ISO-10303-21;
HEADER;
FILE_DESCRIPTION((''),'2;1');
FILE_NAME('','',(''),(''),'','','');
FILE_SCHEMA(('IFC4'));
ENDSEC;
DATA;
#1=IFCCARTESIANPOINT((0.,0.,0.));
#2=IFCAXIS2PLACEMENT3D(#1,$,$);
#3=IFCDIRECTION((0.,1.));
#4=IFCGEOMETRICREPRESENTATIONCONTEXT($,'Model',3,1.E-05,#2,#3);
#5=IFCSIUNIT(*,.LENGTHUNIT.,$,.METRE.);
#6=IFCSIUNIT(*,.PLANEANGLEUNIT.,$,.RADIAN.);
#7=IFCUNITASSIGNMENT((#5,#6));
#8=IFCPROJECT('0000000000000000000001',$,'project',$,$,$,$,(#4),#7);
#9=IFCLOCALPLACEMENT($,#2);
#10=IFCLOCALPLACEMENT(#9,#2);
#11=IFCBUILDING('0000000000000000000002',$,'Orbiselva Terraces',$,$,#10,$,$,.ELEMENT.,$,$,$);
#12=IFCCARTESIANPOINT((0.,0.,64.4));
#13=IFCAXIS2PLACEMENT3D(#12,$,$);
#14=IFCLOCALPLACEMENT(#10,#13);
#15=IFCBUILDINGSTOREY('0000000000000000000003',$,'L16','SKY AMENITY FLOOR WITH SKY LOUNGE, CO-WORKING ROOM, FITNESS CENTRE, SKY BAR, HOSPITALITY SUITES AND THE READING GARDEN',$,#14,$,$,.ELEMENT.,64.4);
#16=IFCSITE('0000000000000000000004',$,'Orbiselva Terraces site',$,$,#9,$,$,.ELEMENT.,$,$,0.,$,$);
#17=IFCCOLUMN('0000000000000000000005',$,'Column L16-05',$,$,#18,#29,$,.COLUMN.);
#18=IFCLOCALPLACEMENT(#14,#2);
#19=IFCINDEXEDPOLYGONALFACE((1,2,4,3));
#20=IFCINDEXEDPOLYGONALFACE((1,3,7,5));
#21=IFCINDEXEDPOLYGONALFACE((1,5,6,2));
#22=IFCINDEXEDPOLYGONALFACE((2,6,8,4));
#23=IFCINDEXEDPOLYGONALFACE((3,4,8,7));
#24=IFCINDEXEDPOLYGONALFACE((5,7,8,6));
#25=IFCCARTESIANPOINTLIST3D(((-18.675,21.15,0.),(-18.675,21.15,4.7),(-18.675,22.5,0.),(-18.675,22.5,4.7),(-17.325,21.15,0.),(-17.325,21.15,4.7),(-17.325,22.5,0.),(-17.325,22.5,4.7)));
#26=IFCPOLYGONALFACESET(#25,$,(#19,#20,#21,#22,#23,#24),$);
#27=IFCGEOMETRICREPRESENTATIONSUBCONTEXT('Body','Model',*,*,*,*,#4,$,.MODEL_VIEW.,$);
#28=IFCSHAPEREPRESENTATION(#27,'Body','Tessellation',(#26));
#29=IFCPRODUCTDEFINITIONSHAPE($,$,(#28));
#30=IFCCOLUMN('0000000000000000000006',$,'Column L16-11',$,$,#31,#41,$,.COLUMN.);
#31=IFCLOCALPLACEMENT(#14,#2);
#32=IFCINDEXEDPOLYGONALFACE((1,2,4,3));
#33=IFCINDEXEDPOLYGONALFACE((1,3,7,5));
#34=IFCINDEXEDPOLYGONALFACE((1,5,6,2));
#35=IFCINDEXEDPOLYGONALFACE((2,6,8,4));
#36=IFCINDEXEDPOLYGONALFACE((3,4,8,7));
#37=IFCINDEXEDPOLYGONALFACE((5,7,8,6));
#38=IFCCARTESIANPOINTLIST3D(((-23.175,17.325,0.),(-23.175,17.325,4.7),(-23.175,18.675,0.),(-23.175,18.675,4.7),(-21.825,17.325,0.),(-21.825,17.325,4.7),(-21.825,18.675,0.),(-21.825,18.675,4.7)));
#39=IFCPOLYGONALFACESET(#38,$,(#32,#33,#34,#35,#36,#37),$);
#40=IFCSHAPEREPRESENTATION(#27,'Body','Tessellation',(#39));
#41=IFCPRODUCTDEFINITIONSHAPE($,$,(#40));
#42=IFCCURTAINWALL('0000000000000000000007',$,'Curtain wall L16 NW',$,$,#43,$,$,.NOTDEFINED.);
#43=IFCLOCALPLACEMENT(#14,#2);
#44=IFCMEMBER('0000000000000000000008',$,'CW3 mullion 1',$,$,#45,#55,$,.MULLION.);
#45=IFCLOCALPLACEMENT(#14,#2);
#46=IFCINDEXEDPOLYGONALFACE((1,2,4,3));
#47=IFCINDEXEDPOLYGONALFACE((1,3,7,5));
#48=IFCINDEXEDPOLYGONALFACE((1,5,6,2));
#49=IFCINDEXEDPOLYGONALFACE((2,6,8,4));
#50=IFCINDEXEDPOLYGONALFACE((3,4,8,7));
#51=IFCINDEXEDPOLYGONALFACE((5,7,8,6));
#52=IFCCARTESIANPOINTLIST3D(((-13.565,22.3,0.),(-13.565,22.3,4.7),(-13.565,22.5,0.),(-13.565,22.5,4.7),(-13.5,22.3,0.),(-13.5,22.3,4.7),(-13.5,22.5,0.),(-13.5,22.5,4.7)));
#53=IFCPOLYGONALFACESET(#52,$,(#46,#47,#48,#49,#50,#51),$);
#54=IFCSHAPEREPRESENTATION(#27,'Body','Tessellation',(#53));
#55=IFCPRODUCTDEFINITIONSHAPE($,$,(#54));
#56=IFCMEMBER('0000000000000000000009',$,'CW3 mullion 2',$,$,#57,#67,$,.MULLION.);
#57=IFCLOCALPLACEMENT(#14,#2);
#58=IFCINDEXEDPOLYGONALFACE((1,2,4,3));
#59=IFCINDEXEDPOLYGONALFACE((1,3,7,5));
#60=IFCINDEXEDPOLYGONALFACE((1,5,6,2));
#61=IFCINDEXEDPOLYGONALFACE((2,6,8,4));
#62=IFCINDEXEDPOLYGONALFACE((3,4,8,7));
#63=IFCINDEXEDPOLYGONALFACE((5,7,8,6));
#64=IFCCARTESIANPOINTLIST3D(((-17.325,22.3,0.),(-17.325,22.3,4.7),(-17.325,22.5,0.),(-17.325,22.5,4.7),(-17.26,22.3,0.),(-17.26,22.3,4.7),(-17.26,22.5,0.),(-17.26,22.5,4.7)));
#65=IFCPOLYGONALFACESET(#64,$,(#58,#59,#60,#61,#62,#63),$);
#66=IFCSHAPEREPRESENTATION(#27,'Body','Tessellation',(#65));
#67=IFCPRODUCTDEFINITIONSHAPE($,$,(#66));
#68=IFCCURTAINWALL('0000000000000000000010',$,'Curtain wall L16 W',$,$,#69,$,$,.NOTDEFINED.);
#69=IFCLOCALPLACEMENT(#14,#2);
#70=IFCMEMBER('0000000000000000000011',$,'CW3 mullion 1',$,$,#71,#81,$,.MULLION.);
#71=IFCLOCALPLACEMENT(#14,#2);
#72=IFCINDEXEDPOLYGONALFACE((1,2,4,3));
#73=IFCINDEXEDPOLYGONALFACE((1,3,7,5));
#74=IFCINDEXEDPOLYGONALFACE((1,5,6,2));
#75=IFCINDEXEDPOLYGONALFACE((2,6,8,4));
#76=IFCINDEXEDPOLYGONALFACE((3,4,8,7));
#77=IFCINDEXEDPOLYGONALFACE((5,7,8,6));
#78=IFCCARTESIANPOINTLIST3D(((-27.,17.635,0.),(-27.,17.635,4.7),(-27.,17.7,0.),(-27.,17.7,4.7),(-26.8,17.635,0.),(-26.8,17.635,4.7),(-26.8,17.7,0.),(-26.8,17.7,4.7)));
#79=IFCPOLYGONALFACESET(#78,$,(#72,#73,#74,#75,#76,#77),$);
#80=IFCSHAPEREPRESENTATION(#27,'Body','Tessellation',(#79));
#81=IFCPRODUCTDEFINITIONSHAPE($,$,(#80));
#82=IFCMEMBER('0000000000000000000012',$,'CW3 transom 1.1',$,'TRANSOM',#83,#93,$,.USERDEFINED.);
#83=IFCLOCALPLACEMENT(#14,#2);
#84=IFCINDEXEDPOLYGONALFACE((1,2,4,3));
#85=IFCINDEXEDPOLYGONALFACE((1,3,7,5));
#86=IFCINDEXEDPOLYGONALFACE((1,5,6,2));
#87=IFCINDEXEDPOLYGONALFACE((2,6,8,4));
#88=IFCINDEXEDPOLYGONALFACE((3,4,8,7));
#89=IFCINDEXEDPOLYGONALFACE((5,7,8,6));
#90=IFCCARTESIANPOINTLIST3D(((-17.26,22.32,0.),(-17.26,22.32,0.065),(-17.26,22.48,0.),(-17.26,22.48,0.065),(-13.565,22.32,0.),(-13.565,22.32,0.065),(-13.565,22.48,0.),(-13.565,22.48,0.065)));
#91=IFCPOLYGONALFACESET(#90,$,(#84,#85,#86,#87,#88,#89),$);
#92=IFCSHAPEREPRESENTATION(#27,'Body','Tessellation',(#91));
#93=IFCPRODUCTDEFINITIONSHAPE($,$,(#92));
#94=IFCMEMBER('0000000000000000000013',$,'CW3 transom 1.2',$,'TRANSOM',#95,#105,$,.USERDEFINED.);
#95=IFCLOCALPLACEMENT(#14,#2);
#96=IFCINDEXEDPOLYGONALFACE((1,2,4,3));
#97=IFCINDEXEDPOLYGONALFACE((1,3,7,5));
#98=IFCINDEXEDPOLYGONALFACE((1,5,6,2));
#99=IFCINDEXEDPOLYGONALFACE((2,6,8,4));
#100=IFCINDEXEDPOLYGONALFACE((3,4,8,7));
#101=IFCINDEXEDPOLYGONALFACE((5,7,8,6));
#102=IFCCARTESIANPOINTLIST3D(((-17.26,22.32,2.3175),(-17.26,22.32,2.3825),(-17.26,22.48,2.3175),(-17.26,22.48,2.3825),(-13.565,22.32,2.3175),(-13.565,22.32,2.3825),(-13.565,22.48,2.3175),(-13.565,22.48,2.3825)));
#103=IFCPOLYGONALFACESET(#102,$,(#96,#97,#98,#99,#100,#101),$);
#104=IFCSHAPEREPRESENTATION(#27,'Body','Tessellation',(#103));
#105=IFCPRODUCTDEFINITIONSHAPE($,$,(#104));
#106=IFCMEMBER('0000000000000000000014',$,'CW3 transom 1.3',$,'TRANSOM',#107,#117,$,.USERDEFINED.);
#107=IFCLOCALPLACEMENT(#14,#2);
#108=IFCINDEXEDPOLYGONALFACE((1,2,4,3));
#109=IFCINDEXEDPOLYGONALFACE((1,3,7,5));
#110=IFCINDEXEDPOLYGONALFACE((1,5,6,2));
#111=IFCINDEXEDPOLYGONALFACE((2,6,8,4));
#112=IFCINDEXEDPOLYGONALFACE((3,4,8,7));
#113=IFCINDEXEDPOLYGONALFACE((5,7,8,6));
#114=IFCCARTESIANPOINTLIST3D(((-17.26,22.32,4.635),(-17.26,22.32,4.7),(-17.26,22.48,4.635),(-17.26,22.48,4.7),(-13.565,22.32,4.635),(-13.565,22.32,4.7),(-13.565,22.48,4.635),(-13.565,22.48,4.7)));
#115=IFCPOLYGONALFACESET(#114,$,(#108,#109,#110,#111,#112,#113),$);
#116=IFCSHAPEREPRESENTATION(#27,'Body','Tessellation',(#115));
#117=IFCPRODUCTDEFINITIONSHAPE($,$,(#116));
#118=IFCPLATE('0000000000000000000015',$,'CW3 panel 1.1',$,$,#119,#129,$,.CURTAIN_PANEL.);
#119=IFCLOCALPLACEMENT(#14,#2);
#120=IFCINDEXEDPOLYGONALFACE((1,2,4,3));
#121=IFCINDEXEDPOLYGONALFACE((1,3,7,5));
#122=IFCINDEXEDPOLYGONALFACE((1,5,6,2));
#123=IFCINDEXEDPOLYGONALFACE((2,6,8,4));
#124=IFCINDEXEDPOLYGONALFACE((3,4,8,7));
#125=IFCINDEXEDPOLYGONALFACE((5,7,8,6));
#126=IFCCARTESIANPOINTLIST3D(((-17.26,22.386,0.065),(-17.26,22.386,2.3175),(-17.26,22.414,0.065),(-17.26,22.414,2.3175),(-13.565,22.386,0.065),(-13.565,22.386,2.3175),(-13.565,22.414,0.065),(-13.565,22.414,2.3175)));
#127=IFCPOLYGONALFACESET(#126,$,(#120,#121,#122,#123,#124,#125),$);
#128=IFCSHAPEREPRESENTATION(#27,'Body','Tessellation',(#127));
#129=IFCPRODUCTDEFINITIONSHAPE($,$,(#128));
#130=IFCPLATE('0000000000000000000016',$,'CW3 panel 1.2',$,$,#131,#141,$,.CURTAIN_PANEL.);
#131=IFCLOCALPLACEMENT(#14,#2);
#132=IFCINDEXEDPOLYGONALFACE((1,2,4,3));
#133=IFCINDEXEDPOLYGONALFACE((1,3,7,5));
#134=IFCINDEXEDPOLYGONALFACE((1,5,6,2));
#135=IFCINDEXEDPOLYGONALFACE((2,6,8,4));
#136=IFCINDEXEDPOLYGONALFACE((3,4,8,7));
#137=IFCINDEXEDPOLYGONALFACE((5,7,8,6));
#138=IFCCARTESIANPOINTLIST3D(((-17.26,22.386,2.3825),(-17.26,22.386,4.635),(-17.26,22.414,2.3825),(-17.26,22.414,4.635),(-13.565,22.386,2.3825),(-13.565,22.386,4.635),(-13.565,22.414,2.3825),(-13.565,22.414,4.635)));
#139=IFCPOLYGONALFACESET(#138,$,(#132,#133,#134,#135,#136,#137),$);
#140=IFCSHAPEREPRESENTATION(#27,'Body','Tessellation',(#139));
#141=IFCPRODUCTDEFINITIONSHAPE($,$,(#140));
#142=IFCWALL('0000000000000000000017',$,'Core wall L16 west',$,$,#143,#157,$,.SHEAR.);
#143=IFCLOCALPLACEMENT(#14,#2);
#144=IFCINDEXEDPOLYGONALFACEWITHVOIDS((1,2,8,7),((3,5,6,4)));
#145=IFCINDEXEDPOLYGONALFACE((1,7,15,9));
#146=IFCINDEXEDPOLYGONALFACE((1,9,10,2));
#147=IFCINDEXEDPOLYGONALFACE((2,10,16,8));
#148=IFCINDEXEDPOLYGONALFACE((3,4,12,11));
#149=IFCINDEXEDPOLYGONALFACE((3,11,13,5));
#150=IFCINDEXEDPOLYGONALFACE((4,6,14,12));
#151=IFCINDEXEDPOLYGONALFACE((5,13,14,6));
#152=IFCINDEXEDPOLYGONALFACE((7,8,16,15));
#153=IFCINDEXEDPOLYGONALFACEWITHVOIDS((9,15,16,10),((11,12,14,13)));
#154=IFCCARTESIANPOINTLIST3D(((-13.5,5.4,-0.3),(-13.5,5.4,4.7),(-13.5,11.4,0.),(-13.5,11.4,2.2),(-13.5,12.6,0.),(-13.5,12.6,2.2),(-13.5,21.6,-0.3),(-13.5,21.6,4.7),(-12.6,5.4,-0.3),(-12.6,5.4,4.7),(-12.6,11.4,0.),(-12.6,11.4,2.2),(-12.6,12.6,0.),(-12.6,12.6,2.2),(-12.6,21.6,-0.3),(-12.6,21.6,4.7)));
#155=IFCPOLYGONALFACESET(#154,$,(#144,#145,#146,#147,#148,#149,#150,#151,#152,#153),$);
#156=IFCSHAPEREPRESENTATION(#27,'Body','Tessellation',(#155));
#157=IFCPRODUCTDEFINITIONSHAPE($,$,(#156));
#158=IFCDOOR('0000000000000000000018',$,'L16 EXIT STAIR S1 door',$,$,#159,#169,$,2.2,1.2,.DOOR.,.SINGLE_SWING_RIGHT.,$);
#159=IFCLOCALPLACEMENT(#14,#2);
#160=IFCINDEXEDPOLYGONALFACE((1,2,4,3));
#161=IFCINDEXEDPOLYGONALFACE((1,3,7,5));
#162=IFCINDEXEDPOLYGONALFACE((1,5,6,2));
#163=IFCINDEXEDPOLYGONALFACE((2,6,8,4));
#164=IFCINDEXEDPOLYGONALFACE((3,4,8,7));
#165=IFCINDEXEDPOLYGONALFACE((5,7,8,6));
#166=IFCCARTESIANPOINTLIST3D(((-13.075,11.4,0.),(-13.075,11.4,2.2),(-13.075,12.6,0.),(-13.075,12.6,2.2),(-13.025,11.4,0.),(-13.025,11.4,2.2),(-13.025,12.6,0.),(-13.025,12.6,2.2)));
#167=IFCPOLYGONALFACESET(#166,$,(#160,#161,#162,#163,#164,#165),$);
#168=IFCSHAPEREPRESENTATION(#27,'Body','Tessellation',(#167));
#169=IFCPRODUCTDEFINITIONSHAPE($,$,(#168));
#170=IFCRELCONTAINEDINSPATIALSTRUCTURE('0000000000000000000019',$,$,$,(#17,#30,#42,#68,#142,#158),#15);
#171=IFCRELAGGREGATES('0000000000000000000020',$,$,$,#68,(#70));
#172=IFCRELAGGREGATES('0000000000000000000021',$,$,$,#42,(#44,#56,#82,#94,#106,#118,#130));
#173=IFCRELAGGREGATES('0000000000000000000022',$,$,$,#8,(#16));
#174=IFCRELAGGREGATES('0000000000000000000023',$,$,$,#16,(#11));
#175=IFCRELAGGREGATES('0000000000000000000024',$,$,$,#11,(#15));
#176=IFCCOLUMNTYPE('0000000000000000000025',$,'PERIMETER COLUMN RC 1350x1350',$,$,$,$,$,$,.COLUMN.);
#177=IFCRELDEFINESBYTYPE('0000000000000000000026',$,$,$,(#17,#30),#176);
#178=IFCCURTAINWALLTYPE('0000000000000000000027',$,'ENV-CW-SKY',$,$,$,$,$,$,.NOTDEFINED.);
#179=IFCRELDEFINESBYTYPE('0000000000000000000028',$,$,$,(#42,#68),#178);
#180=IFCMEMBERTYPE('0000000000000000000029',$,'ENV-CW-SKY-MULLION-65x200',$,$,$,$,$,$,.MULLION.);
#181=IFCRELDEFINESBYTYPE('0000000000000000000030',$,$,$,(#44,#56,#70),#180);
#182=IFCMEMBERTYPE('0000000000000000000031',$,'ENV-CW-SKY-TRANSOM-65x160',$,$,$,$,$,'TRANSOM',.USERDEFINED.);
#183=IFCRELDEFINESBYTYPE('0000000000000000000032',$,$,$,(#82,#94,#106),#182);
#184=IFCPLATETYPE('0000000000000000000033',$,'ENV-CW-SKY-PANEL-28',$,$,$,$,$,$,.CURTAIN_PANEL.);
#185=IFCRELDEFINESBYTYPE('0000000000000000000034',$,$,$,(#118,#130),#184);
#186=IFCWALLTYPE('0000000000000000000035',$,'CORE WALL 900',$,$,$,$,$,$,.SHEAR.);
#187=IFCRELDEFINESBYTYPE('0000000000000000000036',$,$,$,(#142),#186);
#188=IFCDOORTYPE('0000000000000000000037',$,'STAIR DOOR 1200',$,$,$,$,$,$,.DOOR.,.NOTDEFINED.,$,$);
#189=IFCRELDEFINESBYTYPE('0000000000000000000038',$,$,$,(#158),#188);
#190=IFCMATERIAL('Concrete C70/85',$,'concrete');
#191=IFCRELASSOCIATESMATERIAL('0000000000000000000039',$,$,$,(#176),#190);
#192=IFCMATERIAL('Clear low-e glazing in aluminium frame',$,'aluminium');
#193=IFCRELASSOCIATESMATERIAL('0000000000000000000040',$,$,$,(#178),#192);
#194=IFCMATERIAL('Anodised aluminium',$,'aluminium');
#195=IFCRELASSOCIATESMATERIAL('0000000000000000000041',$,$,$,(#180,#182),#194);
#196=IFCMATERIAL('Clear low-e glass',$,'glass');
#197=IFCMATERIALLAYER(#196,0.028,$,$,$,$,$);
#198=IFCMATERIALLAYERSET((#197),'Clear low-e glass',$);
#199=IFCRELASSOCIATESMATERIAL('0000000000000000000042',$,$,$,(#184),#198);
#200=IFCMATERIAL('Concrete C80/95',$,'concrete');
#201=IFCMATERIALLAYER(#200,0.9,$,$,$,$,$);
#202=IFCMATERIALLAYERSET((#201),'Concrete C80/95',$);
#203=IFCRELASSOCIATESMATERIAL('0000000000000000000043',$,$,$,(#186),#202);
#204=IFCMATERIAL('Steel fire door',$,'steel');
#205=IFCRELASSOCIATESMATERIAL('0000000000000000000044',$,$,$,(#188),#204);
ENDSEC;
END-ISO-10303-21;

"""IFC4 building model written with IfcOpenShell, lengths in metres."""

from ifc_helpers import new_model, si_unit, direction, frame, frame_2d, origin, origin_2d, place, context, subcontext, project, spatial, rectangle, extrude, material, layer, layer_set, material_profile, profile_set, type_object, element, fill, aggregate, save


model = new_model("IFC4")

# Units and contexts
model_context = context("Model", 3, precision=1e-05, world=origin(), true_north=direction((0.0, 1.0)))
body_context = subcontext(model_context, "Body", "Model", "MODEL_VIEW")
ifc_project = project(units=[si_unit("LENGTHUNIT", "METRE"), si_unit("PLANEANGLEUNIT", "RADIAN")], contexts=[model_context])

# Site, building, storey
site_placement = place(None, origin())
site = spatial("IfcSite", under=ifc_project, at=site_placement, Name="Orbiselva Terraces site", CompositionType="ELEMENT", RefElevation=0.0)
building_placement = place(site_placement, origin())
building = spatial("IfcBuilding", under=site, at=building_placement, Name="Orbiselva Terraces", CompositionType="ELEMENT")
storey_placement = place(building_placement, frame((0.0, 0.0, 64.4)))
storey = spatial("IfcBuildingStorey", under=building, at=storey_placement, Name="L16", Description="SKY AMENITY FLOOR WITH SKY LOUNGE, CO-WORKING ROOM, FITNESS CENTRE, SKY BAR, HOSPITALITY SUITES AND THE READING GARDEN", CompositionType="ELEMENT", Elevation=64.4)

# Columns
ifc_material_1 = material(Name="Concrete C70/85", Category="concrete")
ifc_material_profile_1 = material_profile(ifc_material_1, rectangle(XDim=1.35, YDim=1.35, at=origin_2d()), Name="RC 1350x1350")
ifc_profile_set_1 = profile_set([ifc_material_profile_1], Name="Concrete C70/85")
column_type = type_object("IfcColumnType", Name="PERIMETER COLUMN RC 1350x1350", PredefinedType="COLUMN", material=ifc_profile_set_1)
for number, where, z_axis, x_axis, name in (
    (1, (-18.0, 21.825, 0.0), (0.0, 0.0, 1.0), (1.0, 0.0, 0.0), "Column L16-05"),
    (2, (-22.5, 18.0, 0.0), (0.0, 0.0, 1.0), (1.0, 0.0, 0.0), "Column L16-11"),
):
    element("IfcColumn", number, at=place(storey_placement, frame(where, z_axis=z_axis, x_axis=x_axis)), inside=storey, type_object=column_type, Name=name, PredefinedType="COLUMN", context=body_context, shape_type="SweptSolid", body=[
        extrude(rectangle(XDim=1.35, YDim=1.35, at=origin_2d()), origin(), (0.0, 0.0, 1.0), 4.7),
    ])

# Curtain wall, members
ifc_material_2 = material(Name="Clear low-e glazing in aluminium frame", Category="aluminium")
curtain_wall_type = type_object("IfcCurtainWallType", Name="ENV-CW-SKY", PredefinedType="NOTDEFINED", material=ifc_material_2)
curtain_wall_1_placement = place(storey_placement, origin())
curtain_wall_1 = element("IfcCurtainWall", 3, at=curtain_wall_1_placement, inside=storey, type_object=curtain_wall_type, Name="Curtain wall L16 NW", PredefinedType="NOTDEFINED")
ifc_material_3 = material(Name="Anodised aluminium", Category="aluminium")
ifc_material_profile_2 = material_profile(ifc_material_3, rectangle(XDim=0.2, YDim=0.065, at=origin_2d()), Name="AL 65x200")
ifc_profile_set_2 = profile_set([ifc_material_profile_2], Name="Anodised aluminium")
member_type_1 = type_object("IfcMemberType", Name="ENV-CW-SKY-MULLION-65x200", PredefinedType="MULLION", material=ifc_profile_set_2)
member_1_placement = place(storey_placement, frame((-13.5325, 22.4, 0.0), z_axis=(0.0, 0.0, 1.0), x_axis=(0.0, -1.0, 0.0)))
member_1 = element("IfcMember", 4, at=member_1_placement, type_object=member_type_1, Name="CW3 mullion 1", PredefinedType="MULLION", context=body_context, shape_type="SweptSolid", body=[
    extrude(rectangle(XDim=0.2, YDim=0.065, at=origin_2d()), origin(), (0.0, 0.0, 1.0), 4.7),
])
member_2_placement = place(storey_placement, frame((-17.2925, 22.4, 0.0), z_axis=(0.0, 0.0, 1.0), x_axis=(0.0, -1.0, 0.0)))
member_2 = element("IfcMember", 5, at=member_2_placement, type_object=member_type_1, Name="CW3 mullion 2", PredefinedType="MULLION", context=body_context, shape_type="SweptSolid", body=[
    extrude(rectangle(XDim=0.2, YDim=0.065, at=origin_2d()), origin(), (0.0, 0.0, 1.0), 4.7),
])

# Curtain wall, member
curtain_wall_2_placement = place(storey_placement, origin())
curtain_wall_2 = element("IfcCurtainWall", 6, at=curtain_wall_2_placement, inside=storey, type_object=curtain_wall_type, Name="Curtain wall L16 W", PredefinedType="NOTDEFINED")
member_3_placement = place(storey_placement, frame((-26.9, 17.6675, 0.0), z_axis=(0.0, 0.0, 1.0), x_axis=(1.0, 0.0, 0.0)))
member_3 = element("IfcMember", 7, at=member_3_placement, type_object=member_type_1, Name="CW3 mullion 1", PredefinedType="MULLION", context=body_context, shape_type="SweptSolid", body=[
    extrude(rectangle(XDim=0.2, YDim=0.065, at=origin_2d()), origin(), (0.0, 0.0, 1.0), 4.7),
])
aggregate(curtain_wall_2, [member_3])

# Members
ifc_material_profile_3 = material_profile(ifc_material_3, rectangle(XDim=0.16, YDim=0.065, at=origin_2d()), Name="AL 65x160")
ifc_profile_set_3 = profile_set([ifc_material_profile_3], Name="Anodised aluminium")
member_type_2 = type_object("IfcMemberType", Name="ENV-CW-SKY-TRANSOM-65x160", ElementType="TRANSOM", PredefinedType="USERDEFINED", material=ifc_profile_set_3)
member_4_placement = place(storey_placement, frame((-13.565, 22.4, 0.0325), z_axis=(-1.0, 0.0, 0.0), x_axis=(0.0, -1.0, 0.0)))
member_4 = element("IfcMember", 8, at=member_4_placement, type_object=member_type_2, Name="CW3 transom 1.1", ObjectType="TRANSOM", PredefinedType="USERDEFINED", context=body_context, shape_type="SweptSolid", body=[
    extrude(rectangle(XDim=0.16, YDim=0.065, at=origin_2d()), origin(), (0.0, 0.0, 1.0), 3.695),
])
member_5_placement = place(storey_placement, frame((-13.565, 22.4, 2.35), z_axis=(-1.0, 0.0, 0.0), x_axis=(0.0, -1.0, 0.0)))
member_5 = element("IfcMember", 9, at=member_5_placement, type_object=member_type_2, Name="CW3 transom 1.2", ObjectType="TRANSOM", PredefinedType="USERDEFINED", context=body_context, shape_type="SweptSolid", body=[
    extrude(rectangle(XDim=0.16, YDim=0.065, at=origin_2d()), origin(), (0.0, 0.0, 1.0), 3.695),
])
member_6_placement = place(storey_placement, frame((-13.565, 22.4, 4.6675), z_axis=(-1.0, 0.0, 0.0), x_axis=(0.0, -1.0, 0.0)))
member_6 = element("IfcMember", 10, at=member_6_placement, type_object=member_type_2, Name="CW3 transom 1.3", ObjectType="TRANSOM", PredefinedType="USERDEFINED", context=body_context, shape_type="SweptSolid", body=[
    extrude(rectangle(XDim=0.16, YDim=0.065, at=origin_2d()), origin(), (0.0, 0.0, 1.0), 3.695),
])

# Plates
ifc_material_4 = material(Name="Clear low-e glass", Category="glass")
ifc_layer_1 = layer(ifc_material_4, 0.028)
ifc_layer_set_1 = layer_set([ifc_layer_1], Name="Clear low-e glass")
plate_type = type_object("IfcPlateType", Name="ENV-CW-SKY-PANEL-28", PredefinedType="CURTAIN_PANEL", material=ifc_layer_set_1)
plate_1_placement = place(storey_placement, frame((-15.4125, 22.4, 0.065), z_axis=(0.0, 0.0, 1.0), x_axis=(-1.0, 0.0, 0.0)))
plate_1 = element("IfcPlate", 11, at=plate_1_placement, type_object=plate_type, Name="CW3 panel 1.1", PredefinedType="CURTAIN_PANEL", context=body_context, shape_type="SweptSolid", body=[
    extrude(rectangle(XDim=3.695, YDim=0.028, at=origin_2d()), origin(), (0.0, 0.0, 1.0), 2.2525),
])
plate_2_placement = place(storey_placement, frame((-15.4125, 22.4, 2.3825), z_axis=(0.0, 0.0, 1.0), x_axis=(-1.0, 0.0, 0.0)))
plate_2 = element("IfcPlate", 12, at=plate_2_placement, type_object=plate_type, Name="CW3 panel 1.2", PredefinedType="CURTAIN_PANEL", context=body_context, shape_type="SweptSolid", body=[
    extrude(rectangle(XDim=3.695, YDim=0.028, at=origin_2d()), origin(), (0.0, 0.0, 1.0), 2.2525),
])
aggregate(curtain_wall_1, [member_1, member_2, member_4, member_5, member_6, plate_1, plate_2])

# Wall, opening, door
ifc_material_5 = material(Name="Concrete C80/95", Category="concrete")
ifc_layer_2 = layer(ifc_material_5, 0.9)
ifc_layer_set_2 = layer_set([ifc_layer_2], Name="Concrete C80/95")
wall_type_1 = type_object("IfcWallType", Name="CORE WALL 900", PredefinedType="SHEAR", material=ifc_layer_set_2)
wall_1_placement = place(storey_placement, frame((-13.05, 21.6, -0.3), z_axis=(0.0, 0.0, 1.0), x_axis=(0.0, -1.0, 0.0)))
wall_1 = element("IfcWall", 13, at=wall_1_placement, inside=storey, type_object=wall_type_1, Name="Core wall L16 west", PredefinedType="SHEAR", context=body_context, shape_type="SweptSolid", body=[
    extrude(rectangle(XDim=16.2, YDim=0.9, at=frame_2d((8.1, 0.0))), origin(), (0.0, 0.0, 1.0), 5.0),
])
opening_1_placement = place(wall_1_placement, frame((9.0, 0.0, 0.3)))
opening_1 = element("IfcOpeningElement", 14, at=opening_1_placement, cuts=wall_1, PredefinedType="OPENING", context=body_context, shape_type="SweptSolid", body=[
    extrude(rectangle(XDim=1.2, YDim=2.2, at=frame_2d((0.6, 1.1))), frame((0.0, 0.46, 0.0), z_axis=(0.0, -1.0, 0.0), x_axis=(1.0, 0.0, 0.0)), (0.0, 0.0, 1.0), 0.92),
])
ifc_material_6 = material(Name="Steel fire door", Category="steel")
door_type_1 = type_object("IfcDoorType", Name="STAIR DOOR 1200", OperationType="NOTDEFINED", PredefinedType="DOOR", material=ifc_material_6)
door_1_placement = place(opening_1_placement, frame((1.2, 0.0, 0.0), z_axis=(0.0, 0.0, 1.0), x_axis=(-1.0, 0.0, 0.0)))
door_1 = element("IfcDoor", 15, at=door_1_placement, inside=storey, type_object=door_type_1, Name="L16 EXIT STAIR S1 door", OperationType="SINGLE_SWING_RIGHT", OverallHeight=2.2, OverallWidth=1.2, PredefinedType="DOOR", context=body_context, shape_type="SweptSolid", body=[
    extrude(rectangle(XDim=1.2, YDim=2.2, at=frame_2d((0.6, 1.1))), frame((0.0, 0.025, 0.0), z_axis=(0.0, -1.0, 0.0), x_axis=(1.0, 0.0, 0.0)), (0.0, 0.0, 1.0), 0.05),
])
fill(opening_1, door_1)

save(model, "model.ifc")
